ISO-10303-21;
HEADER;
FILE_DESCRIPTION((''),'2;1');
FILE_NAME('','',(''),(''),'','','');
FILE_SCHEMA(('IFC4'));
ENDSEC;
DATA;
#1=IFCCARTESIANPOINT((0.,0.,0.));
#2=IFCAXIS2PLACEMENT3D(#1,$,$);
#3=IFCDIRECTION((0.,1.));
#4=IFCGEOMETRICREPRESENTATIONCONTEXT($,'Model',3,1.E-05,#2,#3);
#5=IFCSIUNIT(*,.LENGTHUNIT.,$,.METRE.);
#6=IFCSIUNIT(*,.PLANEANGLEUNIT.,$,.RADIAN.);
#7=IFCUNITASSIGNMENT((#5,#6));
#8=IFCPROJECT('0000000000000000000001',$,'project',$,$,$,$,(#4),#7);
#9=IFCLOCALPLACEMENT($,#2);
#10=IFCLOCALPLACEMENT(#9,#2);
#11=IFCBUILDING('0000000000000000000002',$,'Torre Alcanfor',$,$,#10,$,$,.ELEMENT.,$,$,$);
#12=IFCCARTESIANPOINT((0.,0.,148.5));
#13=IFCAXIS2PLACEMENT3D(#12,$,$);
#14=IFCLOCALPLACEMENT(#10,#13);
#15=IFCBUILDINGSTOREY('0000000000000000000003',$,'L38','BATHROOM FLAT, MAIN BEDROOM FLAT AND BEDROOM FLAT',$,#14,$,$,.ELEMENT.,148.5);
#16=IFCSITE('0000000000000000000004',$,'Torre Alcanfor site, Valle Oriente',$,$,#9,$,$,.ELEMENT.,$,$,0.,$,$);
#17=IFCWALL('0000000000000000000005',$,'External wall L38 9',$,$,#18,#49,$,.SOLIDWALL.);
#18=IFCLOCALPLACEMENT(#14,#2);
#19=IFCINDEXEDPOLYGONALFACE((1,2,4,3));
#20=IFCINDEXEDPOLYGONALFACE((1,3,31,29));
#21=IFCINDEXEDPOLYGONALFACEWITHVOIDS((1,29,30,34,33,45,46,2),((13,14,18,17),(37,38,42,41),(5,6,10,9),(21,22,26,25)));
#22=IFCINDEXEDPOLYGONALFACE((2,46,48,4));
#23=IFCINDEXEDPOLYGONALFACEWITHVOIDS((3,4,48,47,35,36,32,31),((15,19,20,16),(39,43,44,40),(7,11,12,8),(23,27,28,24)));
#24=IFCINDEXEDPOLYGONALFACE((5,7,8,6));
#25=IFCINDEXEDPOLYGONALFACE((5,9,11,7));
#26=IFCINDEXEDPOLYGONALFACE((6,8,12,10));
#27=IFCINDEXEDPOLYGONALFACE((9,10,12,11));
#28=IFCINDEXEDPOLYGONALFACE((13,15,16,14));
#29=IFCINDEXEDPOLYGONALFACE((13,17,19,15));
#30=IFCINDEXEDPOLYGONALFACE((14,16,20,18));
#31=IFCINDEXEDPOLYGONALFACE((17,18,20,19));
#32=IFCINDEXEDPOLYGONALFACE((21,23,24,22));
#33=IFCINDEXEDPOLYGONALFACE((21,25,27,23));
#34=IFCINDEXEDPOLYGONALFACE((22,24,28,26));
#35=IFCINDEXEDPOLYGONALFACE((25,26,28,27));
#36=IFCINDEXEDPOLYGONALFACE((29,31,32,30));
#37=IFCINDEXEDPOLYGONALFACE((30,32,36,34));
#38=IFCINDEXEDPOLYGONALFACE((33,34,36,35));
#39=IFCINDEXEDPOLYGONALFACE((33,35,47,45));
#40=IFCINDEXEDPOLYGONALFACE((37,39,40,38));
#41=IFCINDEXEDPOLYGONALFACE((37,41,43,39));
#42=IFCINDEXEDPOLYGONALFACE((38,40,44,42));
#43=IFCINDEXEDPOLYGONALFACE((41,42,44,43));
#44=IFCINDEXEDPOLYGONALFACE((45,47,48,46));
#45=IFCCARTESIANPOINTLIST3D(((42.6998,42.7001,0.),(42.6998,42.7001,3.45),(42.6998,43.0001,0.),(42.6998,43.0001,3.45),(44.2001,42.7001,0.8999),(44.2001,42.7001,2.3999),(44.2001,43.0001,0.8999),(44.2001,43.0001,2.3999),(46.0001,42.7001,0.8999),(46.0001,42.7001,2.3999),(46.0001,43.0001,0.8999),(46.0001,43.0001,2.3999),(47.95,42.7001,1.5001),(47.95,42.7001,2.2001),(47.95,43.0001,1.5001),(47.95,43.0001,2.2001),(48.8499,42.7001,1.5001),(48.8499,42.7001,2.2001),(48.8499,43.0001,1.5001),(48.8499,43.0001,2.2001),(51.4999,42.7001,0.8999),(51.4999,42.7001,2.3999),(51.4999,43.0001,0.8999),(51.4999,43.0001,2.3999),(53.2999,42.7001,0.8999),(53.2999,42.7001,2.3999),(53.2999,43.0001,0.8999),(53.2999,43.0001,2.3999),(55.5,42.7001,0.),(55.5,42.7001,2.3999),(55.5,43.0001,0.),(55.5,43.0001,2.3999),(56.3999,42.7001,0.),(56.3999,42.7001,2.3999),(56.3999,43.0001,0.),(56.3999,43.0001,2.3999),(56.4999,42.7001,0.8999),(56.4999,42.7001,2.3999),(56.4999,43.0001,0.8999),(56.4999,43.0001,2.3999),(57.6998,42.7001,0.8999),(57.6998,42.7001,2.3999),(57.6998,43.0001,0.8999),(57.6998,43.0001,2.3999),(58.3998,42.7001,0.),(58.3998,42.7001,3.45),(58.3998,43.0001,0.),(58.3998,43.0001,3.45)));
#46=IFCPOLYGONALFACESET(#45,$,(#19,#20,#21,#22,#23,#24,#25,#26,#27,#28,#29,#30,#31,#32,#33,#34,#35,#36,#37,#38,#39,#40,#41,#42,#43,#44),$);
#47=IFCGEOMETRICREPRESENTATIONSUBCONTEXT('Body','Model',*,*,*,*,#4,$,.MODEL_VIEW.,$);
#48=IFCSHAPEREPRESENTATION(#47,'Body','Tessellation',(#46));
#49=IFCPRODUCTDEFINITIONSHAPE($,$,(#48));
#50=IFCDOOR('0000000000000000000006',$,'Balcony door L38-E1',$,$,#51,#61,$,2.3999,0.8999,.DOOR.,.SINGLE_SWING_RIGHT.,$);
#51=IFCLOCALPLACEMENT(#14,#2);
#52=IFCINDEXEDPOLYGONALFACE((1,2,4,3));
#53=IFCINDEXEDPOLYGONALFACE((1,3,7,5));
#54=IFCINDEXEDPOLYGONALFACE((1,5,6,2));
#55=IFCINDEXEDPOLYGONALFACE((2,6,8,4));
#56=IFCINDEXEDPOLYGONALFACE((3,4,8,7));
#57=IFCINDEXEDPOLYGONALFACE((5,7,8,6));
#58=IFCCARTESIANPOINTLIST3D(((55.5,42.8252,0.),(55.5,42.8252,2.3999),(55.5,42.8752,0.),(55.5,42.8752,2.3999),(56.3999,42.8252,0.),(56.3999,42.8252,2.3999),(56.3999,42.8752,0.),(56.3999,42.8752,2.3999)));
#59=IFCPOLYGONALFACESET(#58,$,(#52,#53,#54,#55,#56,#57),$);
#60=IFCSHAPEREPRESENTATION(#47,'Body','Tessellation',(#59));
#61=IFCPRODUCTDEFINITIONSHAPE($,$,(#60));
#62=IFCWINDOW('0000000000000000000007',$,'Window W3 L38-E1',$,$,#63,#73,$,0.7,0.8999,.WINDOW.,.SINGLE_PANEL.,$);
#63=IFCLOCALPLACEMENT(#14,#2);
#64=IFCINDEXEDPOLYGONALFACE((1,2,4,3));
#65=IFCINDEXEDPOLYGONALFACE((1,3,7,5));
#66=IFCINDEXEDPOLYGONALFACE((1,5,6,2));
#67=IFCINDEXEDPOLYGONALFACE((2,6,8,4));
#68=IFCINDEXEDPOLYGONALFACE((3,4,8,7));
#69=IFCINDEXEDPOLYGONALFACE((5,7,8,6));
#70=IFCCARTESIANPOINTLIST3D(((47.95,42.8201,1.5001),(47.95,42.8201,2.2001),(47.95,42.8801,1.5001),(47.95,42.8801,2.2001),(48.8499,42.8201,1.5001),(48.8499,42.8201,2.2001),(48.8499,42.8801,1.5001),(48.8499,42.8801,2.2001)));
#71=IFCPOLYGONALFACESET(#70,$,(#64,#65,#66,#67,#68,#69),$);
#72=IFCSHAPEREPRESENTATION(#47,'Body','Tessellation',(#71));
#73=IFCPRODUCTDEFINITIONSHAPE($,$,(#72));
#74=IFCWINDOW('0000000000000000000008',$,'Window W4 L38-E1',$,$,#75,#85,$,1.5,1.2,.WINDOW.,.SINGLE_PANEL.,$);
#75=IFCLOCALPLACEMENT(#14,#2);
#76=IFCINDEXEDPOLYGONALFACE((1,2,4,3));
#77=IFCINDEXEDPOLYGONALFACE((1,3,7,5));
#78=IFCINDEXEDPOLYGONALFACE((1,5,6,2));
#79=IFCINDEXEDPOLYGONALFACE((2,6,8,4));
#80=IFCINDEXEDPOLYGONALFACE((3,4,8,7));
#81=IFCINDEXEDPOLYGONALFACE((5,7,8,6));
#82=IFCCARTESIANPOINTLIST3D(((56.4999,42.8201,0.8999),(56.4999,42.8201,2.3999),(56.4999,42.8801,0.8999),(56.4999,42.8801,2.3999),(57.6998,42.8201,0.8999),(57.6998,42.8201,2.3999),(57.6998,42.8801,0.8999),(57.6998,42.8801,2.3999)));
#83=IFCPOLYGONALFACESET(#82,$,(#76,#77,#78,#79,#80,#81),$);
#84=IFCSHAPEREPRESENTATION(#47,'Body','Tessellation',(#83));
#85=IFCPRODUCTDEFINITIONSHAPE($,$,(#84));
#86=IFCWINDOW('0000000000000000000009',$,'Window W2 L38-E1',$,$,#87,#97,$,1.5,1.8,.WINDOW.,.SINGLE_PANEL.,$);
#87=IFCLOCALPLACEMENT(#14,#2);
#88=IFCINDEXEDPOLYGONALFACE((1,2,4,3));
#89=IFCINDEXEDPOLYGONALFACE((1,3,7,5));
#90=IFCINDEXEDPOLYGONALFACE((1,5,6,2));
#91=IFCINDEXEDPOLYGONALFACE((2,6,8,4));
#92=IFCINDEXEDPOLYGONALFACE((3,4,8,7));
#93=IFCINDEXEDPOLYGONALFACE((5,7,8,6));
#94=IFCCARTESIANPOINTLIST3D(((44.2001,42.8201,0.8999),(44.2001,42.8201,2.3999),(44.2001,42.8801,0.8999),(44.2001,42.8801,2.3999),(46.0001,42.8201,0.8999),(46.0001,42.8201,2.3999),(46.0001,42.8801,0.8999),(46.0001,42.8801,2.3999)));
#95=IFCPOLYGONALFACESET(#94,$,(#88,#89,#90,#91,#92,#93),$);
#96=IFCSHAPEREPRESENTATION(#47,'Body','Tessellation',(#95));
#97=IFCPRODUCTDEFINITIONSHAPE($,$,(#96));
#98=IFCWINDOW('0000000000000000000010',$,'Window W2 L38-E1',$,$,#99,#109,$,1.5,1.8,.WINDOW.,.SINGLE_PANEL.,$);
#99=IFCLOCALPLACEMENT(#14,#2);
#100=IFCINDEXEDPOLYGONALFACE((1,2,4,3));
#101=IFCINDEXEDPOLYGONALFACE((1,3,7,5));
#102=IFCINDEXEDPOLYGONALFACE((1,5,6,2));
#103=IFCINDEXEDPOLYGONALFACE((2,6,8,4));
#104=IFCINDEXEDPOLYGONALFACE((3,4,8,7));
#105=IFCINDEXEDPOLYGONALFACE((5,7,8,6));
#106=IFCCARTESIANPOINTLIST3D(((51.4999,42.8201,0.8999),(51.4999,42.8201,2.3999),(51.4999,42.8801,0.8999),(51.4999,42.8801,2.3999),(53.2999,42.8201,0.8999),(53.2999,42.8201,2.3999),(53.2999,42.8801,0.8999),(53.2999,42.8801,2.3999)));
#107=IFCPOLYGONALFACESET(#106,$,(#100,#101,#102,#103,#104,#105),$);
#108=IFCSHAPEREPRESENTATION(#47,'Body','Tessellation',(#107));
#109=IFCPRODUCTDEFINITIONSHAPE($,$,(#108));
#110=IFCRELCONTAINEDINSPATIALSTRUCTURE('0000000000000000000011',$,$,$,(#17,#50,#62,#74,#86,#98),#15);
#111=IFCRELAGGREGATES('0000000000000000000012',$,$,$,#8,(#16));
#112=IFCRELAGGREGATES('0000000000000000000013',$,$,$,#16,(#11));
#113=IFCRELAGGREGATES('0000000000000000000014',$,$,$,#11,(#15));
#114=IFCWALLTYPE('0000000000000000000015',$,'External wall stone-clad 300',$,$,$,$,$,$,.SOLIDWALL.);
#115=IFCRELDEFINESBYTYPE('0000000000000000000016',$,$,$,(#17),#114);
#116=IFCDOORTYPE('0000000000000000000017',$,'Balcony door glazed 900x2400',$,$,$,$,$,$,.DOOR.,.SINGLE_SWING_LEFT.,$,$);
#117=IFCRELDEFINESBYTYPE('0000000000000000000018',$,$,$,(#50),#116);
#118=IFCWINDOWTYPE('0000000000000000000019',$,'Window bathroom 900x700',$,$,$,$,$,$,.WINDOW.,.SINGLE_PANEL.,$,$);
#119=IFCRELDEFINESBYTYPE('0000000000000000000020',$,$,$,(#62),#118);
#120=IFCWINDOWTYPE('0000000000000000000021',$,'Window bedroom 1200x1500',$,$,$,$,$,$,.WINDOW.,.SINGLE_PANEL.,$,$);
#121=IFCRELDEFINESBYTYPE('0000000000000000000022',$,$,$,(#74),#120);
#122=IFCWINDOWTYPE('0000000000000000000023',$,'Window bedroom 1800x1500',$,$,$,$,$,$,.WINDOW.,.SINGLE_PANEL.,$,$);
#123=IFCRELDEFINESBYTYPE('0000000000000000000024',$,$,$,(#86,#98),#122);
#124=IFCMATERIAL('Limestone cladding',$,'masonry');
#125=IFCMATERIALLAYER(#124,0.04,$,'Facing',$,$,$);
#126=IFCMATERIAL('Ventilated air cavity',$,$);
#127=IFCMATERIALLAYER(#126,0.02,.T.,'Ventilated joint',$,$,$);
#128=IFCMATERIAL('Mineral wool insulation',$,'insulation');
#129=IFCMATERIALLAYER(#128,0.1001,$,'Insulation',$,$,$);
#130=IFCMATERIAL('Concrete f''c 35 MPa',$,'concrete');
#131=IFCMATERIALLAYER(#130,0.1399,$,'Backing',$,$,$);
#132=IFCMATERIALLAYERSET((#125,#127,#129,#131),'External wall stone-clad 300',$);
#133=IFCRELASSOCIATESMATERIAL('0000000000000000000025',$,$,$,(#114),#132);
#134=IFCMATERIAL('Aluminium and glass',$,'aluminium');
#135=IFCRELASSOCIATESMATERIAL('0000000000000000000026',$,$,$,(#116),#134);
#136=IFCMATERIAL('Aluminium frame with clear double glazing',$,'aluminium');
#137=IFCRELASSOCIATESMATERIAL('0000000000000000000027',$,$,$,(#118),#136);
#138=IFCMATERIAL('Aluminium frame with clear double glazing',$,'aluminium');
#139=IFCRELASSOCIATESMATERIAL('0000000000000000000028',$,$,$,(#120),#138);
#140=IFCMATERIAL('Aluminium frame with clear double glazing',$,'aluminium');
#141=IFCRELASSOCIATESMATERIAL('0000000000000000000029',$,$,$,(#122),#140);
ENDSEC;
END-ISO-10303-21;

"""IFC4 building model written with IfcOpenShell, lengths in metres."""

from ifc_helpers import new_model, si_unit, direction, frame, frame_2d, origin, place, context, subcontext, project, spatial, rectangle, extrude, material, layer, layer_set, type_object, element, fill, save


model = new_model("IFC4")

# Units and contexts
model_context = context("Model", 3, precision=1e-05, world=origin(), true_north=direction((0.0, 1.0)))
body_context = subcontext(model_context, "Body", "Model", "MODEL_VIEW")
ifc_project = project(units=[si_unit("LENGTHUNIT", "METRE"), si_unit("PLANEANGLEUNIT", "RADIAN")], contexts=[model_context])

# Site, building, storey
site_placement = place(None, origin())
site = spatial("IfcSite", under=ifc_project, at=site_placement, Name="Torre Alcanfor site, Valle Oriente", CompositionType="ELEMENT", RefElevation=0.0)
building_placement = place(site_placement, origin())
building = spatial("IfcBuilding", under=site, at=building_placement, Name="Torre Alcanfor", CompositionType="ELEMENT")
storey_placement = place(building_placement, frame((0.0, 0.0, 148.5)))
storey = spatial("IfcBuildingStorey", under=building, at=storey_placement, Name="L38", Description="BATHROOM FLAT, MAIN BEDROOM FLAT AND BEDROOM FLAT", CompositionType="ELEMENT", Elevation=148.5)

# Wall, openings, door, windows
ifc_material_1 = material(Name="Limestone cladding", Category="masonry")
ifc_layer_1 = layer(ifc_material_1, 0.04, Name="Facing")
ifc_material_2 = material(Name="Ventilated air cavity")
ifc_layer_2 = layer(ifc_material_2, 0.02, ventilated=True, Name="Ventilated joint")
ifc_material_3 = material(Name="Mineral wool insulation", Category="insulation")
ifc_layer_3 = layer(ifc_material_3, 0.1001, Name="Insulation")
ifc_material_4 = material(Name="Concrete f'c 35 MPa", Category="concrete")
ifc_layer_4 = layer(ifc_material_4, 0.1399, Name="Backing")
ifc_layer_set_1 = layer_set([ifc_layer_1, ifc_layer_2, ifc_layer_3, ifc_layer_4], Name="External wall stone-clad 300")
wall_type_1 = type_object("IfcWallType", Name="External wall stone-clad 300", PredefinedType="SOLIDWALL", material=ifc_layer_set_1)
wall_1_placement = place(storey_placement, frame((58.3999, 42.8501, 0.0), z_axis=(0.0, 0.0, 1.0), x_axis=(-1.0, 0.0, 0.0)))
wall_1 = element("IfcWall", 1, at=wall_1_placement, inside=storey, type_object=wall_type_1, Name="External wall L38 9", PredefinedType="SOLIDWALL", context=body_context, shape_type="SweptSolid", body=[
    extrude(rectangle(XDim=15.7, YDim=0.3, at=frame_2d((7.8501, 0.0))), origin(), (0.0, 0.0, 1.0), 3.45),
])
opening_1_placement = place(wall_1_placement, frame((12.3999, 0.0, 0.8999)))
opening_1 = element("IfcOpeningElement", 2, at=opening_1_placement, cuts=wall_1, PredefinedType="OPENING", context=body_context, shape_type="SweptSolid", body=[
    extrude(rectangle(XDim=1.8, YDim=1.5, at=frame_2d((0.8999, 0.75))), frame((0.0, 0.1599, 0.0), z_axis=(0.0, -1.0, 0.0), x_axis=(1.0, 0.0, 0.0)), (0.0, 0.0, 1.0), 0.3201),
])
opening_2_placement = place(wall_1_placement, frame((9.55, 0.0, 1.5)))
opening_2 = element("IfcOpeningElement", 3, at=opening_2_placement, cuts=wall_1, PredefinedType="OPENING", context=body_context, shape_type="SweptSolid", body=[
    extrude(rectangle(XDim=0.8999, YDim=0.7, at=frame_2d((0.45, 0.3501))), frame((0.0, 0.1599, 0.0), z_axis=(0.0, -1.0, 0.0), x_axis=(1.0, 0.0, 0.0)), (0.0, 0.0, 1.0), 0.3201),
])
opening_3_placement = place(wall_1_placement, frame((5.1001, 0.0, 0.8999)))
opening_3 = element("IfcOpeningElement", 4, at=opening_3_placement, cuts=wall_1, PredefinedType="OPENING", context=body_context, shape_type="SweptSolid", body=[
    extrude(rectangle(XDim=1.8, YDim=1.5, at=frame_2d((0.8999, 0.75))), frame((0.0, 0.1599, 0.0), z_axis=(0.0, -1.0, 0.0), x_axis=(1.0, 0.0, 0.0)), (0.0, 0.0, 1.0), 0.3201),
])
opening_4_placement = place(wall_1_placement, frame((2.0, 0.0, 0.0)))
opening_4 = element("IfcOpeningElement", 5, at=opening_4_placement, cuts=wall_1, PredefinedType="OPENING", context=body_context, shape_type="SweptSolid", body=[
    extrude(rectangle(XDim=0.8999, YDim=2.3999, at=frame_2d((0.45, 1.2))), frame((0.0, 0.1599, 0.0), z_axis=(0.0, -1.0, 0.0), x_axis=(1.0, 0.0, 0.0)), (0.0, 0.0, 1.0), 0.3201),
])
opening_5_placement = place(wall_1_placement, frame((0.7, 0.0, 0.8999)))
opening_5 = element("IfcOpeningElement", 6, at=opening_5_placement, cuts=wall_1, PredefinedType="OPENING", context=body_context, shape_type="SweptSolid", body=[
    extrude(rectangle(XDim=1.2, YDim=1.5, at=frame_2d((0.6001, 0.75))), frame((0.0, 0.1599, 0.0), z_axis=(0.0, -1.0, 0.0), x_axis=(1.0, 0.0, 0.0)), (0.0, 0.0, 1.0), 0.3201),
])
ifc_material_5 = material(Name="Aluminium and glass", Category="aluminium")
door_type_1 = type_object("IfcDoorType", Name="Balcony door glazed 900x2400", OperationType="SINGLE_SWING_LEFT", PredefinedType="DOOR", material=ifc_material_5)
door_1_placement = place(opening_4_placement, origin())
door_1 = element("IfcDoor", 7, at=door_1_placement, inside=storey, type_object=door_type_1, Name="Balcony door L38-E1", OperationType="SINGLE_SWING_RIGHT", OverallHeight=2.3999, OverallWidth=0.8999, PredefinedType="DOOR", context=body_context, shape_type="SweptSolid", body=[
    extrude(rectangle(XDim=0.8999, YDim=2.3999, at=frame_2d((0.45, 1.2))), frame((0.0, 0.0249, 0.0), z_axis=(0.0, -1.0, 0.0), x_axis=(1.0, 0.0, 0.0)), (0.0, 0.0, 1.0), 0.05),
])
fill(opening_4, door_1)
ifc_material_6 = material(Name="Aluminium frame with clear double glazing", Category="aluminium")
window_type_1 = type_object("IfcWindowType", Name="Window bathroom 900x700", PartitioningType="SINGLE_PANEL", PredefinedType="WINDOW", material=ifc_material_6)
window_1_placement = place(opening_2_placement, origin())
window_1 = element("IfcWindow", 8, at=window_1_placement, inside=storey, type_object=window_type_1, Name="Window W3 L38-E1", OverallHeight=0.7, OverallWidth=0.8999, PartitioningType="SINGLE_PANEL", PredefinedType="WINDOW", context=body_context, shape_type="SweptSolid", body=[
    extrude(rectangle(XDim=0.8999, YDim=0.7, at=frame_2d((0.45, 0.3501))), frame((0.0, 0.03, 0.0), z_axis=(0.0, -1.0, 0.0), x_axis=(1.0, 0.0, 0.0)), (0.0, 0.0, 1.0), 0.0601),
])
fill(opening_2, window_1)
ifc_material_7 = material(Name="Aluminium frame with clear double glazing", Category="aluminium")
window_type_2 = type_object("IfcWindowType", Name="Window bedroom 1200x1500", PartitioningType="SINGLE_PANEL", PredefinedType="WINDOW", material=ifc_material_7)
window_2_placement = place(opening_5_placement, origin())
window_2 = element("IfcWindow", 9, at=window_2_placement, inside=storey, type_object=window_type_2, Name="Window W4 L38-E1", OverallHeight=1.5, OverallWidth=1.2, PartitioningType="SINGLE_PANEL", PredefinedType="WINDOW", context=body_context, shape_type="SweptSolid", body=[
    extrude(rectangle(XDim=1.2, YDim=1.5, at=frame_2d((0.6001, 0.75))), frame((0.0, 0.03, 0.0), z_axis=(0.0, -1.0, 0.0), x_axis=(1.0, 0.0, 0.0)), (0.0, 0.0, 1.0), 0.0601),
])
fill(opening_5, window_2)
ifc_material_8 = material(Name="Aluminium frame with clear double glazing", Category="aluminium")
window_type_3 = type_object("IfcWindowType", Name="Window bedroom 1800x1500", PartitioningType="SINGLE_PANEL", PredefinedType="WINDOW", material=ifc_material_8)
window_3_placement = place(opening_1_placement, origin())
window_3 = element("IfcWindow", 10, at=window_3_placement, inside=storey, type_object=window_type_3, Name="Window W2 L38-E1", OverallHeight=1.5, OverallWidth=1.8, PartitioningType="SINGLE_PANEL", PredefinedType="WINDOW", context=body_context, shape_type="SweptSolid", body=[
    extrude(rectangle(XDim=1.8, YDim=1.5, at=frame_2d((0.8999, 0.75))), frame((0.0, 0.03, 0.0), z_axis=(0.0, -1.0, 0.0), x_axis=(1.0, 0.0, 0.0)), (0.0, 0.0, 1.0), 0.0601),
])
fill(opening_1, window_3)
window_4_placement = place(opening_3_placement, origin())
window_4 = element("IfcWindow", 11, at=window_4_placement, inside=storey, type_object=window_type_3, Name="Window W2 L38-E1", OverallHeight=1.5, OverallWidth=1.8, PartitioningType="SINGLE_PANEL", PredefinedType="WINDOW", context=body_context, shape_type="SweptSolid", body=[
    extrude(rectangle(XDim=1.8, YDim=1.5, at=frame_2d((0.8999, 0.75))), frame((0.0, 0.03, 0.0), z_axis=(0.0, -1.0, 0.0), x_axis=(1.0, 0.0, 0.0)), (0.0, 0.0, 1.0), 0.0601),
])
fill(opening_3, window_4)

save(model, "model.ifc")
